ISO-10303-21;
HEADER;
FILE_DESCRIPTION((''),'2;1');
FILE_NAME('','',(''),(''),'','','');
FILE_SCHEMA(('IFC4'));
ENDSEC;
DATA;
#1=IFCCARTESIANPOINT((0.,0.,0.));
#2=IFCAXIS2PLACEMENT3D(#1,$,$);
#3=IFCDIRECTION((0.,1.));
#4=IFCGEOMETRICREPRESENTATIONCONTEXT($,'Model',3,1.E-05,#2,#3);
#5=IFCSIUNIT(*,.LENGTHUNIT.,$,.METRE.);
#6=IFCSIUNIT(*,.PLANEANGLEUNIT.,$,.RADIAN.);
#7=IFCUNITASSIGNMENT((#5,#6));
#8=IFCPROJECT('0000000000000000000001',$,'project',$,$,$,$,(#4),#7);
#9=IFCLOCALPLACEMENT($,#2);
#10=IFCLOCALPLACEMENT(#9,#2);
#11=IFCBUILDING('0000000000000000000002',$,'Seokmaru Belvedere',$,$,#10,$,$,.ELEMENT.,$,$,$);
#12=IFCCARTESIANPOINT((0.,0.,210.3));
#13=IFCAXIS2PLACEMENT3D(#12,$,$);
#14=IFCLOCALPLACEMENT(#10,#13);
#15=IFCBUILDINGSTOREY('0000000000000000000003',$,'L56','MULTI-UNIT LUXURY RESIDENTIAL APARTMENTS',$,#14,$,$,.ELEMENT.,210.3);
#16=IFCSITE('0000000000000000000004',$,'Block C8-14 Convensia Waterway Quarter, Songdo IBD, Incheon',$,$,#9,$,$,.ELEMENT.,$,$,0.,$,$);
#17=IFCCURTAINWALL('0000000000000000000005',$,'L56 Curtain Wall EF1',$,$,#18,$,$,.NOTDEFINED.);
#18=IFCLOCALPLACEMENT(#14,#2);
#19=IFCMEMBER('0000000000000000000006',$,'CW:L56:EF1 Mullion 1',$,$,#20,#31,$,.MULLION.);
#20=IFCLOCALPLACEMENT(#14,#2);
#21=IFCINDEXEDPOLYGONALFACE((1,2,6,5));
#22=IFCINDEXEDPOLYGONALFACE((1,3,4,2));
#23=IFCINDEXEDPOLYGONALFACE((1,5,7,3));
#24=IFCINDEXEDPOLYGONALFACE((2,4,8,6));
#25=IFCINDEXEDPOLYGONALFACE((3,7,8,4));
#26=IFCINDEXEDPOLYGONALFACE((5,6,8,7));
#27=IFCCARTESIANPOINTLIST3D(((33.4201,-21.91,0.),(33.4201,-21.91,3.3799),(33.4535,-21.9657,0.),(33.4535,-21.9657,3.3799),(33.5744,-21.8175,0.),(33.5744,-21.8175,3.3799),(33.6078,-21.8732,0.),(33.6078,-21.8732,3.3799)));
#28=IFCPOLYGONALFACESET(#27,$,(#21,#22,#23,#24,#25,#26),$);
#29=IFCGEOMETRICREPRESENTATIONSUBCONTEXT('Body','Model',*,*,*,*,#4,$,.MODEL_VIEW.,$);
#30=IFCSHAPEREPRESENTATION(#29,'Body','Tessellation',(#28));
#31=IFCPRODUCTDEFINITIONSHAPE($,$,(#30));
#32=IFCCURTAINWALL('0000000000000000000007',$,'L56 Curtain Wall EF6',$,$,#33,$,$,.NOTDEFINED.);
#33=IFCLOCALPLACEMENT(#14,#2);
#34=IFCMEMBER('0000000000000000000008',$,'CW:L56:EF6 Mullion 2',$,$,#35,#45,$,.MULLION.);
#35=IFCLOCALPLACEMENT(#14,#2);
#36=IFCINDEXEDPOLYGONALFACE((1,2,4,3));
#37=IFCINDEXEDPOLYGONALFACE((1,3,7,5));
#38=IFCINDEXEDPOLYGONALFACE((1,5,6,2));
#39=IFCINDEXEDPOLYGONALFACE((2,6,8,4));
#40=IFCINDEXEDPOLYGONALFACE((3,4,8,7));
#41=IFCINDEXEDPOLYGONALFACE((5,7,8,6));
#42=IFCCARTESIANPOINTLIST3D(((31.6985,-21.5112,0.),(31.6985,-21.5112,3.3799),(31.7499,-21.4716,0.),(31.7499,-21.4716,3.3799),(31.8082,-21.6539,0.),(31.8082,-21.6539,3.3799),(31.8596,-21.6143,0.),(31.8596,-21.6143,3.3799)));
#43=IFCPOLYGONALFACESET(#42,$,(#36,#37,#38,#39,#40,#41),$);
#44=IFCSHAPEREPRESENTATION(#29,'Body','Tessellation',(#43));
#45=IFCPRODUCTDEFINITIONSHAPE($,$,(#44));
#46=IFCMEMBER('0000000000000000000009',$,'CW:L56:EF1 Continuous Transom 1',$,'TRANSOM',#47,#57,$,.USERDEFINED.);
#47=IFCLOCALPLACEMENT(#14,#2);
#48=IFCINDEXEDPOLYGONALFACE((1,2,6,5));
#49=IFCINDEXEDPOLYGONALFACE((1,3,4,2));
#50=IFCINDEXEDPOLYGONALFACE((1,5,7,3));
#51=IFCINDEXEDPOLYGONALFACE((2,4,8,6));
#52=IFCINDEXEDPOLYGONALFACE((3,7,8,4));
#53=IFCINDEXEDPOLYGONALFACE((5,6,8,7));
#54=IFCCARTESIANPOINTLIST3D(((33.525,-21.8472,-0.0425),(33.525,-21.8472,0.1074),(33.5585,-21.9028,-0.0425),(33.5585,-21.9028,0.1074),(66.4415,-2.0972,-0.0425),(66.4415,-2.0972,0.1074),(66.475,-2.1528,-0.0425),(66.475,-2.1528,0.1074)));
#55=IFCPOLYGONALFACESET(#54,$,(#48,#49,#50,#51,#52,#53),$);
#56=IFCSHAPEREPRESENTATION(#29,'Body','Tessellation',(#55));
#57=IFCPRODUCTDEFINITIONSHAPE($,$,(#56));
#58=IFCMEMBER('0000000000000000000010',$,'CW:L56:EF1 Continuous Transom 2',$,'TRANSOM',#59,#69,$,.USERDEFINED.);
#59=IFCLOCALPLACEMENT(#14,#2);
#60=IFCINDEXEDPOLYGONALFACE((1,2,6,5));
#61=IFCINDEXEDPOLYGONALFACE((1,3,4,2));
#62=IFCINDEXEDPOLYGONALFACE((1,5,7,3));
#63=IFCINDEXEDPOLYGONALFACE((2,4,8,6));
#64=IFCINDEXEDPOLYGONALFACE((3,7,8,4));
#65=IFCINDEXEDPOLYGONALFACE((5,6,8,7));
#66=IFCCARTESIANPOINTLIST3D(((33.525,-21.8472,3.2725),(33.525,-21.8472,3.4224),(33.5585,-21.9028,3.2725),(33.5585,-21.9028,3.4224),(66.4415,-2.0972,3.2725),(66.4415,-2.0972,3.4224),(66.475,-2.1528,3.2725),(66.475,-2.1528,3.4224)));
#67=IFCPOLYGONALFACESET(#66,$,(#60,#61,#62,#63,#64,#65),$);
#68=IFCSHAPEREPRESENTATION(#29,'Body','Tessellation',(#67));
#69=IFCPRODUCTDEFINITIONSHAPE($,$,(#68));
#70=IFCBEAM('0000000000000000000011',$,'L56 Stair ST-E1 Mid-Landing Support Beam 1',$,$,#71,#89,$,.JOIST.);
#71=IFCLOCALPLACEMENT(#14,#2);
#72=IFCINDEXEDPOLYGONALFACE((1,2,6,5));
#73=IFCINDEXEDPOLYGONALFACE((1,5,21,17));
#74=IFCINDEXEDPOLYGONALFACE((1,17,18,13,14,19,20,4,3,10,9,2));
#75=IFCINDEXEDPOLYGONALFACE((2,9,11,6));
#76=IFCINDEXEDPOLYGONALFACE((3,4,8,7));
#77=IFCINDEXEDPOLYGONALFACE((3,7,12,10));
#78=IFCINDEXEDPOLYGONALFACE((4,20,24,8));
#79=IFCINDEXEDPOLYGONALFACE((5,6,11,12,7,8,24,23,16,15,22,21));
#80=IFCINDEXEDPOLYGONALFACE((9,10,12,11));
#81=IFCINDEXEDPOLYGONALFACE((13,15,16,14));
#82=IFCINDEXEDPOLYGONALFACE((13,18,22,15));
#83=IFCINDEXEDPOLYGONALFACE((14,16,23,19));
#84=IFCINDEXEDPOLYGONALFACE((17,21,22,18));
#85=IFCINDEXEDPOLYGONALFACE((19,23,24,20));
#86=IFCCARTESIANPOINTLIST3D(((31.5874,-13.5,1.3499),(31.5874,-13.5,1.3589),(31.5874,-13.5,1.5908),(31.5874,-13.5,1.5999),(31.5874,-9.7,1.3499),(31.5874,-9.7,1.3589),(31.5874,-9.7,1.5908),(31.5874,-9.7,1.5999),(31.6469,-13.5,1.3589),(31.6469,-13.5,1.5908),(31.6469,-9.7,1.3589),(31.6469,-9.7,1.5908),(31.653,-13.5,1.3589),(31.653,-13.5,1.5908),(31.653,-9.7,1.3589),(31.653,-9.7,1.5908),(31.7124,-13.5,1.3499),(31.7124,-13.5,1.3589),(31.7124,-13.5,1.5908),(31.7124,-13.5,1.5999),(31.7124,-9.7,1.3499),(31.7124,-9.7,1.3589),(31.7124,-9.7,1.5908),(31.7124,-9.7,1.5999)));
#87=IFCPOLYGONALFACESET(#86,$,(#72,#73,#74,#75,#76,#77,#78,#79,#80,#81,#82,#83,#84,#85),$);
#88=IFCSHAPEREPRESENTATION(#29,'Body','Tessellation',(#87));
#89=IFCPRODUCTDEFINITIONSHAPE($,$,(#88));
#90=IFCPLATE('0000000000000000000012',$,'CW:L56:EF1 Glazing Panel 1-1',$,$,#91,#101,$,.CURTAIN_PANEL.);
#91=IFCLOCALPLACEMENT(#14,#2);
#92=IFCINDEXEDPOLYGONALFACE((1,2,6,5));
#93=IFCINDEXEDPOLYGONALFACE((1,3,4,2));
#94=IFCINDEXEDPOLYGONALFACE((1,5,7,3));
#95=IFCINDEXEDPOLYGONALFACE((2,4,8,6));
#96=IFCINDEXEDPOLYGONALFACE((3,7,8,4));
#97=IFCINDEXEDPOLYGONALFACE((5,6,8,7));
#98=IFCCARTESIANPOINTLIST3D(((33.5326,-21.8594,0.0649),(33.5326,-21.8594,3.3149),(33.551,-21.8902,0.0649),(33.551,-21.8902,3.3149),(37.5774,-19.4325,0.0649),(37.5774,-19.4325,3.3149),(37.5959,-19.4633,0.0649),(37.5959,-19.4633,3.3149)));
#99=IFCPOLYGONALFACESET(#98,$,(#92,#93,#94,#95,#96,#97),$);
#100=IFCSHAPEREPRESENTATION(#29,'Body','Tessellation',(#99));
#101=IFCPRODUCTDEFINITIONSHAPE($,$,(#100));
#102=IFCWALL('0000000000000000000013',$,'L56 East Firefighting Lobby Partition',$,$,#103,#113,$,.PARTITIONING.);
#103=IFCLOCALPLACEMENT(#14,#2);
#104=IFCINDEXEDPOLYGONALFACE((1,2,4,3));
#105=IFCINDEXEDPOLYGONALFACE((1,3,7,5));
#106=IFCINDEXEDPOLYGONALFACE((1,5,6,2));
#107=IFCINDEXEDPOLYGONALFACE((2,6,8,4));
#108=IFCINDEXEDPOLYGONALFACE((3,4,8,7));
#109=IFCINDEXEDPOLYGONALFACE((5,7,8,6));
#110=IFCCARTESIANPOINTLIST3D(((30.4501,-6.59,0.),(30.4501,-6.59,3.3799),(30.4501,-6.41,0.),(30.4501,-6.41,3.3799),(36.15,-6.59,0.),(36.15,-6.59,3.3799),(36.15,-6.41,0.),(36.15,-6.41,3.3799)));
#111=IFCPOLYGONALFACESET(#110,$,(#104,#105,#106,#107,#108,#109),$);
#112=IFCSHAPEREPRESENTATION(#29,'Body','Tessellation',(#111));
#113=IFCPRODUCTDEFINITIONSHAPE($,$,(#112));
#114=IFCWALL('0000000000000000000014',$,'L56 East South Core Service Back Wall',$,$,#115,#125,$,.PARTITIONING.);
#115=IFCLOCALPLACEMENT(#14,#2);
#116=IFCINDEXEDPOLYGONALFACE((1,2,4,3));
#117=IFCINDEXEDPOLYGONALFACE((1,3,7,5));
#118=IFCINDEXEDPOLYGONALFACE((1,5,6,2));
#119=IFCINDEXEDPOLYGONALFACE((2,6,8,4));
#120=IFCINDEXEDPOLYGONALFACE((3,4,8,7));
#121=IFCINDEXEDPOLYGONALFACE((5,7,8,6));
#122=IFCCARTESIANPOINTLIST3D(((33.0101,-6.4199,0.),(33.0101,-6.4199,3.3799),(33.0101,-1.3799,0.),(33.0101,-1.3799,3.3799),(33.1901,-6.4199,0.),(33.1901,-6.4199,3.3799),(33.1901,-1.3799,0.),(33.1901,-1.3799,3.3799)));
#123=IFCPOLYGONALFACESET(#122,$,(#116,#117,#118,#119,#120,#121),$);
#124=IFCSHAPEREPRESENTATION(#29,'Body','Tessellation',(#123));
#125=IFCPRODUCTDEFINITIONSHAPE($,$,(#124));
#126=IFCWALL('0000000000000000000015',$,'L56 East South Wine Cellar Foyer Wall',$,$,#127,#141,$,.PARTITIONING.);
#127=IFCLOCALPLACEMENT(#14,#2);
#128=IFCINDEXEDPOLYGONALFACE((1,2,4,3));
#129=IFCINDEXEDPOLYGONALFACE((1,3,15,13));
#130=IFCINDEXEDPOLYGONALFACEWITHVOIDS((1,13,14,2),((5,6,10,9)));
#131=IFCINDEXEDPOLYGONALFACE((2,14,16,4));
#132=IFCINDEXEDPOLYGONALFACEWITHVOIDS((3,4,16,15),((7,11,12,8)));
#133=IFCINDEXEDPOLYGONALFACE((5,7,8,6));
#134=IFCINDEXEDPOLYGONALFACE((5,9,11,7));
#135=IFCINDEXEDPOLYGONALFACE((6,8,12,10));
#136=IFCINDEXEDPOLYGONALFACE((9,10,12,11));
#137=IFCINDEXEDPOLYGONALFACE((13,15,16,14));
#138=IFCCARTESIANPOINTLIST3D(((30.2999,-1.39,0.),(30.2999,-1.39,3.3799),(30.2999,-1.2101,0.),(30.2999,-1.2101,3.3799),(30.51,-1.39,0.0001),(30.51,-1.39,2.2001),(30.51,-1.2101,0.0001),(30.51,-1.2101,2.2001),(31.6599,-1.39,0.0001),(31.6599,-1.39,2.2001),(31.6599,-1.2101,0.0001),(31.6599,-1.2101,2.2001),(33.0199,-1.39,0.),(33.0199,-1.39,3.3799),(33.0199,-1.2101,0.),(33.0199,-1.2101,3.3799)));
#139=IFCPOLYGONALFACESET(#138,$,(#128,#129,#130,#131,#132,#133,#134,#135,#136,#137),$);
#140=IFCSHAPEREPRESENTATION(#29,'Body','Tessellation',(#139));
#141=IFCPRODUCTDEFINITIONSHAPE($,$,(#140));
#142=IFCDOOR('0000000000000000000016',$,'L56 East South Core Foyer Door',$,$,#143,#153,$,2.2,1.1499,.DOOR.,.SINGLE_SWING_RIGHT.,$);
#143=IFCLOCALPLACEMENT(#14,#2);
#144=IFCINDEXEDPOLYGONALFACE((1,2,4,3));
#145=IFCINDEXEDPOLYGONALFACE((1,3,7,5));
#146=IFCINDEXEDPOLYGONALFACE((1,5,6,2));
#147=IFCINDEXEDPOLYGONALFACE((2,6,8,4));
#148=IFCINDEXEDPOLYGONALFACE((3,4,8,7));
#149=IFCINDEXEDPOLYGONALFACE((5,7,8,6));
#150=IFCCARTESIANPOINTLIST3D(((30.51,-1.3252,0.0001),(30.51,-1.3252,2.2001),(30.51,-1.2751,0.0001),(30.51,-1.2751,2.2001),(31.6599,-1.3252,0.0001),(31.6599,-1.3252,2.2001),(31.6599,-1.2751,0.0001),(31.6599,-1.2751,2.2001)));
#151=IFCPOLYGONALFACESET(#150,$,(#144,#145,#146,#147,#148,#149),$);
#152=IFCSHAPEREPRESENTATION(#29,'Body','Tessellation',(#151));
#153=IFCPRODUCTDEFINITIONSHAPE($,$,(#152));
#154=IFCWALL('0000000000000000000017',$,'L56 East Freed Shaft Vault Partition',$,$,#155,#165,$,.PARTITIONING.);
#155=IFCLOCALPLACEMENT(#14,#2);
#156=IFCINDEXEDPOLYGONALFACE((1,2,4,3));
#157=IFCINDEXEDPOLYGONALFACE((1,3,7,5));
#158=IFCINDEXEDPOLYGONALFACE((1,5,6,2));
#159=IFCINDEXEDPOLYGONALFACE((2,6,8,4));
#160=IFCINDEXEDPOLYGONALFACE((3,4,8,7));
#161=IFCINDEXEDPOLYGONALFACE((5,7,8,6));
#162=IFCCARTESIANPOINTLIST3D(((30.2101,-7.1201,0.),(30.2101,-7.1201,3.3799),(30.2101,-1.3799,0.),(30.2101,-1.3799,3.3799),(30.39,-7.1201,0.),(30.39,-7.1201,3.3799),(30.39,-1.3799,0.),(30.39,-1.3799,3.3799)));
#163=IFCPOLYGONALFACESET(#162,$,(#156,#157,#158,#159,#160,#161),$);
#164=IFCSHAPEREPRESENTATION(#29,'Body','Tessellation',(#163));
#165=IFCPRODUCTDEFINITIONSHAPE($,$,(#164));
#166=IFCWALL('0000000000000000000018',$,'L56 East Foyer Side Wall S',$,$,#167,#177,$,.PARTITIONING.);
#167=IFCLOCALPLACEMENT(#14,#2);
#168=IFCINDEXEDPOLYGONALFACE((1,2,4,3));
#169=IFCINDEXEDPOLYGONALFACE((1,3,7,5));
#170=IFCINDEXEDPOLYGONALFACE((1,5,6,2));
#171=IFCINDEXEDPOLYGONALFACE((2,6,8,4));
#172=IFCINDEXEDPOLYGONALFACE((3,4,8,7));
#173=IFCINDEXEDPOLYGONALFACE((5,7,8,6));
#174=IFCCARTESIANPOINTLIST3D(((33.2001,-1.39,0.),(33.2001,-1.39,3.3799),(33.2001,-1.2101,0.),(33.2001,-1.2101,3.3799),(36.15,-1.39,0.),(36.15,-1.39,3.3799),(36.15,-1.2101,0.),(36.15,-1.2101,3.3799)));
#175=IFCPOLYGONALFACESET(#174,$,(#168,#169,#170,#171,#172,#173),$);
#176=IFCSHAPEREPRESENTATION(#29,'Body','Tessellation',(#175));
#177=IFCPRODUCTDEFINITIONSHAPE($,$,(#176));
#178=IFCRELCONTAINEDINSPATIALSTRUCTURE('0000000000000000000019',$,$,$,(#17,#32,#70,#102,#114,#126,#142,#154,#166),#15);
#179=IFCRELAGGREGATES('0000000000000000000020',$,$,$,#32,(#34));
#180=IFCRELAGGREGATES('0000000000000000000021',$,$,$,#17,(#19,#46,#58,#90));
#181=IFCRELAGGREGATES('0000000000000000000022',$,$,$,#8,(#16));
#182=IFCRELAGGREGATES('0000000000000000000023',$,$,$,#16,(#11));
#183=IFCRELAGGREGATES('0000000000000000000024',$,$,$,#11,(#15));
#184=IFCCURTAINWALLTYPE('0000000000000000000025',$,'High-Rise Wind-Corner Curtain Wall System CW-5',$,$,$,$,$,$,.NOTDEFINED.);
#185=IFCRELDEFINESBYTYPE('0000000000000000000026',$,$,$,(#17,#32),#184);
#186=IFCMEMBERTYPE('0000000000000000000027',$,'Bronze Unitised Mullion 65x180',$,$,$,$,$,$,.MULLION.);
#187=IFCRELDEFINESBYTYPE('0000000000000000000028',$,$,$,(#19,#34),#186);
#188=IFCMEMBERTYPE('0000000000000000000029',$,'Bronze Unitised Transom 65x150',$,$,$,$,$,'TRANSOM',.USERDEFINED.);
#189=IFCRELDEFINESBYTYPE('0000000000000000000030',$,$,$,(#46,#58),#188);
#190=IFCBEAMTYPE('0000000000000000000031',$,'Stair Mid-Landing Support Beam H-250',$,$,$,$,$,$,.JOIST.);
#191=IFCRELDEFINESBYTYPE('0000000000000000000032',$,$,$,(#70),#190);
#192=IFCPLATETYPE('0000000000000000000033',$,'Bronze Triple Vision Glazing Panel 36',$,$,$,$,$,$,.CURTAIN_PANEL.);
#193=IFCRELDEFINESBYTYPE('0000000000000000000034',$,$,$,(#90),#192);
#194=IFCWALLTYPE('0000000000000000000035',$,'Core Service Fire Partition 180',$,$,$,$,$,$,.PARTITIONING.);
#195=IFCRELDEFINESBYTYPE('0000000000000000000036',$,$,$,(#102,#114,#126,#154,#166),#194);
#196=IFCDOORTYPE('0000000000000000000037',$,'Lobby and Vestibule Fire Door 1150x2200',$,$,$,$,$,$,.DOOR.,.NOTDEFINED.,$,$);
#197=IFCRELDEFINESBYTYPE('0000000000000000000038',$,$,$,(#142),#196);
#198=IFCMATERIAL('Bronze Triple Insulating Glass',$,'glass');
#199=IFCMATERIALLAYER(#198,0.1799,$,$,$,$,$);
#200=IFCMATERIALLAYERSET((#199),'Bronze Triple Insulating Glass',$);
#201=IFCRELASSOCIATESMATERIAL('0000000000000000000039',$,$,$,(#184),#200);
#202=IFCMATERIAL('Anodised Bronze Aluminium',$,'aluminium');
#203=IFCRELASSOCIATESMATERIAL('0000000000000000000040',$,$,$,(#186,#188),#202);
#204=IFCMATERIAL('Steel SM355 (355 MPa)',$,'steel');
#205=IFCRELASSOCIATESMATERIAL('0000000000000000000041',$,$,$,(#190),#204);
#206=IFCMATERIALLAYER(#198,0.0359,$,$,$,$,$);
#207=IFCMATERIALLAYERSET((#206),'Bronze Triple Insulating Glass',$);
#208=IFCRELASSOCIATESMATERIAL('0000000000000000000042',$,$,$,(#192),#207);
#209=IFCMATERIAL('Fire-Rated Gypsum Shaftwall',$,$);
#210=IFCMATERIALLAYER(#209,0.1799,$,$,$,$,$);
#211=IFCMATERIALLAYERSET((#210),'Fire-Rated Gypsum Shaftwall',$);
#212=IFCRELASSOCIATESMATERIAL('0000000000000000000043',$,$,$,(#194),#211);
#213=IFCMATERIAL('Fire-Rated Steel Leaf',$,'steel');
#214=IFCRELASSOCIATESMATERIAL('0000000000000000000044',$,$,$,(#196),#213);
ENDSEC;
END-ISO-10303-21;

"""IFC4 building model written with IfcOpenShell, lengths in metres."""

from ifc_helpers import new_model, si_unit, direction, frame, frame_2d, origin, origin_2d, place, context, subcontext, project, spatial, rectangle, i_section, extrude, source, transform, mapped, material, layer, layer_set, material_profile, profile_set, type_object, type_shapes, element, fill, aggregate, save


model = new_model("IFC4")

# Units and contexts
model_context = context("Model", 3, precision=1e-05, world=origin(), true_north=direction((0.0, 1.0)))
body_context = subcontext(model_context, "Body", "Model", "MODEL_VIEW")
ifc_project = project(units=[si_unit("LENGTHUNIT", "METRE"), si_unit("PLANEANGLEUNIT", "RADIAN")], contexts=[model_context])

# Site, building, storey
site_placement = place(None, origin())
site = spatial("IfcSite", under=ifc_project, at=site_placement, Name="Block C8-14 Convensia Waterway Quarter, Songdo IBD, Incheon", CompositionType="ELEMENT", RefElevation=0.0)
building_placement = place(site_placement, origin())
building = spatial("IfcBuilding", under=site, at=building_placement, Name="Seokmaru Belvedere", CompositionType="ELEMENT")
storey_placement = place(building_placement, frame((0.0, 0.0, 210.3)))
storey = spatial("IfcBuildingStorey", under=building, at=storey_placement, Name="L56", Description="MULTI-UNIT LUXURY RESIDENTIAL APARTMENTS", CompositionType="ELEMENT", Elevation=210.3)

# Shared definitions
ifc_material_1 = material(Name="Steel SM355 (355 MPa)", Category="steel")

# Curtain walls, members
ifc_material_2 = material(Name="Bronze Triple Insulating Glass", Category="glass")
ifc_layer_1 = layer(ifc_material_2, 0.1799)
ifc_layer_set_1 = layer_set([ifc_layer_1], Name="Bronze Triple Insulating Glass")
curtain_wall_type = type_object("IfcCurtainWallType", Name="High-Rise Wind-Corner Curtain Wall System CW-5", PredefinedType="NOTDEFINED", material=ifc_layer_set_1)
curtain_wall_1_placement = place(storey_placement, origin())
curtain_wall_1 = element("IfcCurtainWall", 1, at=curtain_wall_1_placement, inside=storey, type_object=curtain_wall_type, Name="L56 Curtain Wall EF1", PredefinedType="NOTDEFINED")
ifc_material_3 = material(Name="Anodised Bronze Aluminium", Category="aluminium")
ifc_material_profile_1 = material_profile(ifc_material_3, rectangle(XDim=0.0649, YDim=0.1799, at=origin_2d()), Name="CW-M-65x180")
ifc_profile_set_1 = profile_set([ifc_material_profile_1], Name="Anodised Bronze Aluminium")
member_type_1 = type_object("IfcMemberType", Name="Bronze Unitised Mullion 65x180", PredefinedType="MULLION", material=ifc_profile_set_1)
shared_shape_1 = source(origin(), body_context, "Body", "SweptSolid", [
    extrude(rectangle(XDim=0.0649, YDim=0.1799, at=origin_2d()), origin(), (0.0, 0.0, 1.0), 3.3799),
])
type_shapes(member_type_1, [shared_shape_1])
member_1_placement = place(storey_placement, frame((33.5139, -21.8916, 0.0), z_axis=(0.0, 0.0, 1.0), x_axis=(-0.514495, 0.857493, 0.0)))
member_1 = element("IfcMember", 2, at=member_1_placement, type_object=member_type_1, Name="CW:L56:EF1 Mullion 1", PredefinedType="MULLION", context=body_context, shape_type="MappedRepresentation", body=[
    mapped(shared_shape_1, transform((0.0, 0.0, 0.0), scale=1.0)),
])
curtain_wall_2_placement = place(storey_placement, origin())
curtain_wall_2 = element("IfcCurtainWall", 3, at=curtain_wall_2_placement, inside=storey, type_object=curtain_wall_type, Name="L56 Curtain Wall EF6", PredefinedType="NOTDEFINED")
member_2_placement = place(storey_placement, frame((31.7791, -21.5627, 0.0), z_axis=(0.0, 0.0, 1.0), x_axis=(0.792631, 0.609701, 0.0)))
member_2 = element("IfcMember", 4, at=member_2_placement, type_object=member_type_1, Name="CW:L56:EF6 Mullion 2", PredefinedType="MULLION", context=body_context, shape_type="MappedRepresentation", body=[
    mapped(shared_shape_1, transform((0.0, 0.0, 0.0), scale=1.0)),
])
aggregate(curtain_wall_2, [member_2])

# Members
ifc_material_profile_2 = material_profile(ifc_material_3, rectangle(XDim=0.0649, YDim=0.1499, at=origin_2d()), Name="CW-T-65x150")
ifc_profile_set_2 = profile_set([ifc_material_profile_2], Name="Anodised Bronze Aluminium")
member_type_2 = type_object("IfcMemberType", Name="Bronze Unitised Transom 65x150", ElementType="TRANSOM", PredefinedType="USERDEFINED", material=ifc_profile_set_2)
shared_shape_2 = source(origin(), body_context, "Body", "SweptSolid", [
    extrude(rectangle(XDim=0.0649, YDim=0.1499, at=origin_2d()), origin(), (0.0, 0.0, 1.0), 38.387),
])
type_shapes(member_type_2, [shared_shape_2])
member_3_placement = place(storey_placement, frame((33.5417, -21.875, 0.0325), z_axis=(0.857492, 0.514498, 0.0), x_axis=(-0.514498, 0.857492, 0.0)))
member_3 = element("IfcMember", 5, at=member_3_placement, type_object=member_type_2, Name="CW:L56:EF1 Continuous Transom 1", ObjectType="TRANSOM", PredefinedType="USERDEFINED", context=body_context, shape_type="MappedRepresentation", body=[
    mapped(shared_shape_2, transform((0.0, 0.0, 0.0), scale=1.0)),
])
member_4_placement = place(storey_placement, frame((33.5417, -21.875, 3.3474), z_axis=(0.857492, 0.514498, 0.0), x_axis=(-0.514498, 0.857492, 0.0)))
member_4 = element("IfcMember", 6, at=member_4_placement, type_object=member_type_2, Name="CW:L56:EF1 Continuous Transom 2", ObjectType="TRANSOM", PredefinedType="USERDEFINED", context=body_context, shape_type="MappedRepresentation", body=[
    mapped(shared_shape_2, transform((0.0, 0.0, 0.0), scale=1.0)),
])

# Beam
ifc_material_profile_3 = material_profile(ifc_material_1, i_section(OverallWidth=0.125, OverallDepth=0.25, WebThickness=0.0061, FlangeThickness=0.009, at=origin_2d()), Name="H-250x125x6x9")
ifc_profile_set_3 = profile_set([ifc_material_profile_3], Name="Steel SM355 (355 MPa)")
beam_type_1 = type_object("IfcBeamType", Name="Stair Mid-Landing Support Beam H-250", PredefinedType="JOIST", material=ifc_profile_set_3)
shared_shape_3 = source(origin(), body_context, "Body", "SweptSolid", [
    extrude(i_section(OverallWidth=0.125, OverallDepth=0.25, WebThickness=0.0061, FlangeThickness=0.009, at=origin_2d()), origin(), (0.0, 0.0, 1.0), 3.8),
])
type_shapes(beam_type_1, [shared_shape_3])
beam_1_placement = place(storey_placement, frame((31.6499, -13.5, 1.4749), z_axis=(0.0, 1.0, 0.0), x_axis=(-1.0, 0.0, 0.0)))
element("IfcBeam", 7, at=beam_1_placement, inside=storey, type_object=beam_type_1, Name="L56 Stair ST-E1 Mid-Landing Support Beam 1", PredefinedType="JOIST", context=body_context, shape_type="MappedRepresentation", body=[
    mapped(shared_shape_3, transform((0.0, 0.0, 0.0), scale=1.0)),
])

# Plate
ifc_layer_2 = layer(ifc_material_2, 0.0359)
ifc_layer_set_2 = layer_set([ifc_layer_2], Name="Bronze Triple Insulating Glass")
plate_type = type_object("IfcPlateType", Name="Bronze Triple Vision Glazing Panel 36", PredefinedType="CURTAIN_PANEL", material=ifc_layer_set_2)
shared_shape_4 = source(origin(), body_context, "Body", "SweptSolid", [
    extrude(rectangle(XDim=4.717, YDim=0.0359, at=origin_2d()), origin(), (0.0, 0.0, 1.0), 3.25),
])
type_shapes(plate_type, [shared_shape_4])
plate_placement = place(storey_placement, frame((35.5642, -20.6614, 0.0649), z_axis=(0.0, 0.0, 1.0), x_axis=(0.857493, 0.514495, 0.0)))
plate = element("IfcPlate", 8, at=plate_placement, type_object=plate_type, Name="CW:L56:EF1 Glazing Panel 1-1", PredefinedType="CURTAIN_PANEL", context=body_context, shape_type="MappedRepresentation", body=[
    mapped(shared_shape_4, transform((0.0, 0.0, 0.0), scale=1.0)),
])
aggregate(curtain_wall_1, [member_1, member_3, member_4, plate])

# Walls
ifc_material_4 = material(Name="Fire-Rated Gypsum Shaftwall")
ifc_layer_3 = layer(ifc_material_4, 0.1799)
ifc_layer_set_3 = layer_set([ifc_layer_3], Name="Fire-Rated Gypsum Shaftwall")
wall_type_1 = type_object("IfcWallType", Name="Core Service Fire Partition 180", PredefinedType="PARTITIONING", material=ifc_layer_set_3)
wall_1_placement = place(storey_placement, frame((30.45, -6.5, 0.0), z_axis=(0.0, 0.0, 1.0), x_axis=(1.0, 0.0, 0.0)))
element("IfcWall", 9, at=wall_1_placement, inside=storey, type_object=wall_type_1, Name="L56 East Firefighting Lobby Partition", PredefinedType="PARTITIONING", context=body_context, shape_type="SweptSolid", body=[
    extrude(rectangle(XDim=5.7, YDim=0.1799, at=frame_2d((2.8501, 0.0))), origin(), (0.0, 0.0, 1.0), 3.3799),
])
wall_2_placement = place(storey_placement, frame((33.1001, -6.4199, 0.0), z_axis=(0.0, 0.0, 1.0), x_axis=(0.0, 1.0, 0.0)))
element("IfcWall", 10, at=wall_2_placement, inside=storey, type_object=wall_type_1, Name="L56 East South Core Service Back Wall", PredefinedType="PARTITIONING", context=body_context, shape_type="SweptSolid", body=[
    extrude(rectangle(XDim=5.04, YDim=0.1799, at=frame_2d((2.52, 0.0))), origin(), (0.0, 0.0, 1.0), 3.3799),
])

# Wall, opening, door
wall_3_placement = place(storey_placement, frame((30.3, -1.3, 0.0), z_axis=(0.0, 0.0, 1.0), x_axis=(1.0, 0.0, 0.0)))
wall_3 = element("IfcWall", 11, at=wall_3_placement, inside=storey, type_object=wall_type_1, Name="L56 East South Wine Cellar Foyer Wall", PredefinedType="PARTITIONING", context=body_context, shape_type="SweptSolid", body=[
    extrude(rectangle(XDim=2.72, YDim=0.1799, at=frame_2d((1.3599, 0.0))), origin(), (0.0, 0.0, 1.0), 3.3799),
])
opening_1_placement = place(wall_3_placement, frame((0.21, 0.0, 0.0)))
opening_1 = element("IfcOpeningElement", 12, at=opening_1_placement, cuts=wall_3, PredefinedType="OPENING", context=body_context, shape_type="SweptSolid", body=[
    extrude(rectangle(XDim=1.1499, YDim=2.2, at=frame_2d((0.575, 1.1001))), frame((0.0, 0.1001, 0.0), z_axis=(0.0, -1.0, 0.0), x_axis=(1.0, 0.0, 0.0)), (0.0, 0.0, 1.0), 0.2),
])
ifc_material_5 = material(Name="Fire-Rated Steel Leaf", Category="steel")
door_type_1 = type_object("IfcDoorType", Name="Lobby and Vestibule Fire Door 1150x2200", OperationType="NOTDEFINED", PredefinedType="DOOR", material=ifc_material_5)
shared_shape_5 = source(origin(), body_context, "Body", "SweptSolid", [
    extrude(rectangle(XDim=1.1499, YDim=2.2, at=frame_2d((0.575, 1.1001))), frame((0.0, 0.0249, 0.0), z_axis=(0.0, -1.0, 0.0), x_axis=(1.0, 0.0, 0.0)), (0.0, 0.0, 1.0), 0.05),
])
type_shapes(door_type_1, [shared_shape_5])
door_1_placement = place(opening_1_placement, origin())
door_1 = element("IfcDoor", 13, at=door_1_placement, inside=storey, type_object=door_type_1, Name="L56 East South Core Foyer Door", OperationType="SINGLE_SWING_RIGHT", OverallHeight=2.2, OverallWidth=1.1499, PredefinedType="DOOR", context=body_context, shape_type="MappedRepresentation", body=[
    mapped(shared_shape_5, transform((0.0, 0.0, 0.0), scale=1.0)),
])
fill(opening_1, door_1)

# Walls
wall_4_placement = place(storey_placement, frame((30.3, -7.1201, 0.0), z_axis=(0.0, 0.0, 1.0), x_axis=(0.0, 1.0, 0.0)))
element("IfcWall", 14, at=wall_4_placement, inside=storey, type_object=wall_type_1, Name="L56 East Freed Shaft Vault Partition", PredefinedType="PARTITIONING", context=body_context, shape_type="SweptSolid", body=[
    extrude(rectangle(XDim=5.7402, YDim=0.1799, at=frame_2d((2.8701, 0.0))), origin(), (0.0, 0.0, 1.0), 3.3799),
])
for number, where, z_axis, x_axis, name in (
    (15, (33.2, -1.3, 0.0), (0.0, 0.0, 1.0), (1.0, 0.0, 0.0), "L56 East Foyer Side Wall S"),
):
    element("IfcWall", number, at=place(storey_placement, frame(where, z_axis=z_axis, x_axis=x_axis)), inside=storey, type_object=wall_type_1, Name=name, PredefinedType="PARTITIONING", context=body_context, shape_type="SweptSolid", body=[
        extrude(rectangle(XDim=2.95, YDim=0.1799, at=frame_2d((1.4751, 0.0))), origin(), (0.0, 0.0, 1.0), 3.3799),
    ])

save(model, "model.ifc")
